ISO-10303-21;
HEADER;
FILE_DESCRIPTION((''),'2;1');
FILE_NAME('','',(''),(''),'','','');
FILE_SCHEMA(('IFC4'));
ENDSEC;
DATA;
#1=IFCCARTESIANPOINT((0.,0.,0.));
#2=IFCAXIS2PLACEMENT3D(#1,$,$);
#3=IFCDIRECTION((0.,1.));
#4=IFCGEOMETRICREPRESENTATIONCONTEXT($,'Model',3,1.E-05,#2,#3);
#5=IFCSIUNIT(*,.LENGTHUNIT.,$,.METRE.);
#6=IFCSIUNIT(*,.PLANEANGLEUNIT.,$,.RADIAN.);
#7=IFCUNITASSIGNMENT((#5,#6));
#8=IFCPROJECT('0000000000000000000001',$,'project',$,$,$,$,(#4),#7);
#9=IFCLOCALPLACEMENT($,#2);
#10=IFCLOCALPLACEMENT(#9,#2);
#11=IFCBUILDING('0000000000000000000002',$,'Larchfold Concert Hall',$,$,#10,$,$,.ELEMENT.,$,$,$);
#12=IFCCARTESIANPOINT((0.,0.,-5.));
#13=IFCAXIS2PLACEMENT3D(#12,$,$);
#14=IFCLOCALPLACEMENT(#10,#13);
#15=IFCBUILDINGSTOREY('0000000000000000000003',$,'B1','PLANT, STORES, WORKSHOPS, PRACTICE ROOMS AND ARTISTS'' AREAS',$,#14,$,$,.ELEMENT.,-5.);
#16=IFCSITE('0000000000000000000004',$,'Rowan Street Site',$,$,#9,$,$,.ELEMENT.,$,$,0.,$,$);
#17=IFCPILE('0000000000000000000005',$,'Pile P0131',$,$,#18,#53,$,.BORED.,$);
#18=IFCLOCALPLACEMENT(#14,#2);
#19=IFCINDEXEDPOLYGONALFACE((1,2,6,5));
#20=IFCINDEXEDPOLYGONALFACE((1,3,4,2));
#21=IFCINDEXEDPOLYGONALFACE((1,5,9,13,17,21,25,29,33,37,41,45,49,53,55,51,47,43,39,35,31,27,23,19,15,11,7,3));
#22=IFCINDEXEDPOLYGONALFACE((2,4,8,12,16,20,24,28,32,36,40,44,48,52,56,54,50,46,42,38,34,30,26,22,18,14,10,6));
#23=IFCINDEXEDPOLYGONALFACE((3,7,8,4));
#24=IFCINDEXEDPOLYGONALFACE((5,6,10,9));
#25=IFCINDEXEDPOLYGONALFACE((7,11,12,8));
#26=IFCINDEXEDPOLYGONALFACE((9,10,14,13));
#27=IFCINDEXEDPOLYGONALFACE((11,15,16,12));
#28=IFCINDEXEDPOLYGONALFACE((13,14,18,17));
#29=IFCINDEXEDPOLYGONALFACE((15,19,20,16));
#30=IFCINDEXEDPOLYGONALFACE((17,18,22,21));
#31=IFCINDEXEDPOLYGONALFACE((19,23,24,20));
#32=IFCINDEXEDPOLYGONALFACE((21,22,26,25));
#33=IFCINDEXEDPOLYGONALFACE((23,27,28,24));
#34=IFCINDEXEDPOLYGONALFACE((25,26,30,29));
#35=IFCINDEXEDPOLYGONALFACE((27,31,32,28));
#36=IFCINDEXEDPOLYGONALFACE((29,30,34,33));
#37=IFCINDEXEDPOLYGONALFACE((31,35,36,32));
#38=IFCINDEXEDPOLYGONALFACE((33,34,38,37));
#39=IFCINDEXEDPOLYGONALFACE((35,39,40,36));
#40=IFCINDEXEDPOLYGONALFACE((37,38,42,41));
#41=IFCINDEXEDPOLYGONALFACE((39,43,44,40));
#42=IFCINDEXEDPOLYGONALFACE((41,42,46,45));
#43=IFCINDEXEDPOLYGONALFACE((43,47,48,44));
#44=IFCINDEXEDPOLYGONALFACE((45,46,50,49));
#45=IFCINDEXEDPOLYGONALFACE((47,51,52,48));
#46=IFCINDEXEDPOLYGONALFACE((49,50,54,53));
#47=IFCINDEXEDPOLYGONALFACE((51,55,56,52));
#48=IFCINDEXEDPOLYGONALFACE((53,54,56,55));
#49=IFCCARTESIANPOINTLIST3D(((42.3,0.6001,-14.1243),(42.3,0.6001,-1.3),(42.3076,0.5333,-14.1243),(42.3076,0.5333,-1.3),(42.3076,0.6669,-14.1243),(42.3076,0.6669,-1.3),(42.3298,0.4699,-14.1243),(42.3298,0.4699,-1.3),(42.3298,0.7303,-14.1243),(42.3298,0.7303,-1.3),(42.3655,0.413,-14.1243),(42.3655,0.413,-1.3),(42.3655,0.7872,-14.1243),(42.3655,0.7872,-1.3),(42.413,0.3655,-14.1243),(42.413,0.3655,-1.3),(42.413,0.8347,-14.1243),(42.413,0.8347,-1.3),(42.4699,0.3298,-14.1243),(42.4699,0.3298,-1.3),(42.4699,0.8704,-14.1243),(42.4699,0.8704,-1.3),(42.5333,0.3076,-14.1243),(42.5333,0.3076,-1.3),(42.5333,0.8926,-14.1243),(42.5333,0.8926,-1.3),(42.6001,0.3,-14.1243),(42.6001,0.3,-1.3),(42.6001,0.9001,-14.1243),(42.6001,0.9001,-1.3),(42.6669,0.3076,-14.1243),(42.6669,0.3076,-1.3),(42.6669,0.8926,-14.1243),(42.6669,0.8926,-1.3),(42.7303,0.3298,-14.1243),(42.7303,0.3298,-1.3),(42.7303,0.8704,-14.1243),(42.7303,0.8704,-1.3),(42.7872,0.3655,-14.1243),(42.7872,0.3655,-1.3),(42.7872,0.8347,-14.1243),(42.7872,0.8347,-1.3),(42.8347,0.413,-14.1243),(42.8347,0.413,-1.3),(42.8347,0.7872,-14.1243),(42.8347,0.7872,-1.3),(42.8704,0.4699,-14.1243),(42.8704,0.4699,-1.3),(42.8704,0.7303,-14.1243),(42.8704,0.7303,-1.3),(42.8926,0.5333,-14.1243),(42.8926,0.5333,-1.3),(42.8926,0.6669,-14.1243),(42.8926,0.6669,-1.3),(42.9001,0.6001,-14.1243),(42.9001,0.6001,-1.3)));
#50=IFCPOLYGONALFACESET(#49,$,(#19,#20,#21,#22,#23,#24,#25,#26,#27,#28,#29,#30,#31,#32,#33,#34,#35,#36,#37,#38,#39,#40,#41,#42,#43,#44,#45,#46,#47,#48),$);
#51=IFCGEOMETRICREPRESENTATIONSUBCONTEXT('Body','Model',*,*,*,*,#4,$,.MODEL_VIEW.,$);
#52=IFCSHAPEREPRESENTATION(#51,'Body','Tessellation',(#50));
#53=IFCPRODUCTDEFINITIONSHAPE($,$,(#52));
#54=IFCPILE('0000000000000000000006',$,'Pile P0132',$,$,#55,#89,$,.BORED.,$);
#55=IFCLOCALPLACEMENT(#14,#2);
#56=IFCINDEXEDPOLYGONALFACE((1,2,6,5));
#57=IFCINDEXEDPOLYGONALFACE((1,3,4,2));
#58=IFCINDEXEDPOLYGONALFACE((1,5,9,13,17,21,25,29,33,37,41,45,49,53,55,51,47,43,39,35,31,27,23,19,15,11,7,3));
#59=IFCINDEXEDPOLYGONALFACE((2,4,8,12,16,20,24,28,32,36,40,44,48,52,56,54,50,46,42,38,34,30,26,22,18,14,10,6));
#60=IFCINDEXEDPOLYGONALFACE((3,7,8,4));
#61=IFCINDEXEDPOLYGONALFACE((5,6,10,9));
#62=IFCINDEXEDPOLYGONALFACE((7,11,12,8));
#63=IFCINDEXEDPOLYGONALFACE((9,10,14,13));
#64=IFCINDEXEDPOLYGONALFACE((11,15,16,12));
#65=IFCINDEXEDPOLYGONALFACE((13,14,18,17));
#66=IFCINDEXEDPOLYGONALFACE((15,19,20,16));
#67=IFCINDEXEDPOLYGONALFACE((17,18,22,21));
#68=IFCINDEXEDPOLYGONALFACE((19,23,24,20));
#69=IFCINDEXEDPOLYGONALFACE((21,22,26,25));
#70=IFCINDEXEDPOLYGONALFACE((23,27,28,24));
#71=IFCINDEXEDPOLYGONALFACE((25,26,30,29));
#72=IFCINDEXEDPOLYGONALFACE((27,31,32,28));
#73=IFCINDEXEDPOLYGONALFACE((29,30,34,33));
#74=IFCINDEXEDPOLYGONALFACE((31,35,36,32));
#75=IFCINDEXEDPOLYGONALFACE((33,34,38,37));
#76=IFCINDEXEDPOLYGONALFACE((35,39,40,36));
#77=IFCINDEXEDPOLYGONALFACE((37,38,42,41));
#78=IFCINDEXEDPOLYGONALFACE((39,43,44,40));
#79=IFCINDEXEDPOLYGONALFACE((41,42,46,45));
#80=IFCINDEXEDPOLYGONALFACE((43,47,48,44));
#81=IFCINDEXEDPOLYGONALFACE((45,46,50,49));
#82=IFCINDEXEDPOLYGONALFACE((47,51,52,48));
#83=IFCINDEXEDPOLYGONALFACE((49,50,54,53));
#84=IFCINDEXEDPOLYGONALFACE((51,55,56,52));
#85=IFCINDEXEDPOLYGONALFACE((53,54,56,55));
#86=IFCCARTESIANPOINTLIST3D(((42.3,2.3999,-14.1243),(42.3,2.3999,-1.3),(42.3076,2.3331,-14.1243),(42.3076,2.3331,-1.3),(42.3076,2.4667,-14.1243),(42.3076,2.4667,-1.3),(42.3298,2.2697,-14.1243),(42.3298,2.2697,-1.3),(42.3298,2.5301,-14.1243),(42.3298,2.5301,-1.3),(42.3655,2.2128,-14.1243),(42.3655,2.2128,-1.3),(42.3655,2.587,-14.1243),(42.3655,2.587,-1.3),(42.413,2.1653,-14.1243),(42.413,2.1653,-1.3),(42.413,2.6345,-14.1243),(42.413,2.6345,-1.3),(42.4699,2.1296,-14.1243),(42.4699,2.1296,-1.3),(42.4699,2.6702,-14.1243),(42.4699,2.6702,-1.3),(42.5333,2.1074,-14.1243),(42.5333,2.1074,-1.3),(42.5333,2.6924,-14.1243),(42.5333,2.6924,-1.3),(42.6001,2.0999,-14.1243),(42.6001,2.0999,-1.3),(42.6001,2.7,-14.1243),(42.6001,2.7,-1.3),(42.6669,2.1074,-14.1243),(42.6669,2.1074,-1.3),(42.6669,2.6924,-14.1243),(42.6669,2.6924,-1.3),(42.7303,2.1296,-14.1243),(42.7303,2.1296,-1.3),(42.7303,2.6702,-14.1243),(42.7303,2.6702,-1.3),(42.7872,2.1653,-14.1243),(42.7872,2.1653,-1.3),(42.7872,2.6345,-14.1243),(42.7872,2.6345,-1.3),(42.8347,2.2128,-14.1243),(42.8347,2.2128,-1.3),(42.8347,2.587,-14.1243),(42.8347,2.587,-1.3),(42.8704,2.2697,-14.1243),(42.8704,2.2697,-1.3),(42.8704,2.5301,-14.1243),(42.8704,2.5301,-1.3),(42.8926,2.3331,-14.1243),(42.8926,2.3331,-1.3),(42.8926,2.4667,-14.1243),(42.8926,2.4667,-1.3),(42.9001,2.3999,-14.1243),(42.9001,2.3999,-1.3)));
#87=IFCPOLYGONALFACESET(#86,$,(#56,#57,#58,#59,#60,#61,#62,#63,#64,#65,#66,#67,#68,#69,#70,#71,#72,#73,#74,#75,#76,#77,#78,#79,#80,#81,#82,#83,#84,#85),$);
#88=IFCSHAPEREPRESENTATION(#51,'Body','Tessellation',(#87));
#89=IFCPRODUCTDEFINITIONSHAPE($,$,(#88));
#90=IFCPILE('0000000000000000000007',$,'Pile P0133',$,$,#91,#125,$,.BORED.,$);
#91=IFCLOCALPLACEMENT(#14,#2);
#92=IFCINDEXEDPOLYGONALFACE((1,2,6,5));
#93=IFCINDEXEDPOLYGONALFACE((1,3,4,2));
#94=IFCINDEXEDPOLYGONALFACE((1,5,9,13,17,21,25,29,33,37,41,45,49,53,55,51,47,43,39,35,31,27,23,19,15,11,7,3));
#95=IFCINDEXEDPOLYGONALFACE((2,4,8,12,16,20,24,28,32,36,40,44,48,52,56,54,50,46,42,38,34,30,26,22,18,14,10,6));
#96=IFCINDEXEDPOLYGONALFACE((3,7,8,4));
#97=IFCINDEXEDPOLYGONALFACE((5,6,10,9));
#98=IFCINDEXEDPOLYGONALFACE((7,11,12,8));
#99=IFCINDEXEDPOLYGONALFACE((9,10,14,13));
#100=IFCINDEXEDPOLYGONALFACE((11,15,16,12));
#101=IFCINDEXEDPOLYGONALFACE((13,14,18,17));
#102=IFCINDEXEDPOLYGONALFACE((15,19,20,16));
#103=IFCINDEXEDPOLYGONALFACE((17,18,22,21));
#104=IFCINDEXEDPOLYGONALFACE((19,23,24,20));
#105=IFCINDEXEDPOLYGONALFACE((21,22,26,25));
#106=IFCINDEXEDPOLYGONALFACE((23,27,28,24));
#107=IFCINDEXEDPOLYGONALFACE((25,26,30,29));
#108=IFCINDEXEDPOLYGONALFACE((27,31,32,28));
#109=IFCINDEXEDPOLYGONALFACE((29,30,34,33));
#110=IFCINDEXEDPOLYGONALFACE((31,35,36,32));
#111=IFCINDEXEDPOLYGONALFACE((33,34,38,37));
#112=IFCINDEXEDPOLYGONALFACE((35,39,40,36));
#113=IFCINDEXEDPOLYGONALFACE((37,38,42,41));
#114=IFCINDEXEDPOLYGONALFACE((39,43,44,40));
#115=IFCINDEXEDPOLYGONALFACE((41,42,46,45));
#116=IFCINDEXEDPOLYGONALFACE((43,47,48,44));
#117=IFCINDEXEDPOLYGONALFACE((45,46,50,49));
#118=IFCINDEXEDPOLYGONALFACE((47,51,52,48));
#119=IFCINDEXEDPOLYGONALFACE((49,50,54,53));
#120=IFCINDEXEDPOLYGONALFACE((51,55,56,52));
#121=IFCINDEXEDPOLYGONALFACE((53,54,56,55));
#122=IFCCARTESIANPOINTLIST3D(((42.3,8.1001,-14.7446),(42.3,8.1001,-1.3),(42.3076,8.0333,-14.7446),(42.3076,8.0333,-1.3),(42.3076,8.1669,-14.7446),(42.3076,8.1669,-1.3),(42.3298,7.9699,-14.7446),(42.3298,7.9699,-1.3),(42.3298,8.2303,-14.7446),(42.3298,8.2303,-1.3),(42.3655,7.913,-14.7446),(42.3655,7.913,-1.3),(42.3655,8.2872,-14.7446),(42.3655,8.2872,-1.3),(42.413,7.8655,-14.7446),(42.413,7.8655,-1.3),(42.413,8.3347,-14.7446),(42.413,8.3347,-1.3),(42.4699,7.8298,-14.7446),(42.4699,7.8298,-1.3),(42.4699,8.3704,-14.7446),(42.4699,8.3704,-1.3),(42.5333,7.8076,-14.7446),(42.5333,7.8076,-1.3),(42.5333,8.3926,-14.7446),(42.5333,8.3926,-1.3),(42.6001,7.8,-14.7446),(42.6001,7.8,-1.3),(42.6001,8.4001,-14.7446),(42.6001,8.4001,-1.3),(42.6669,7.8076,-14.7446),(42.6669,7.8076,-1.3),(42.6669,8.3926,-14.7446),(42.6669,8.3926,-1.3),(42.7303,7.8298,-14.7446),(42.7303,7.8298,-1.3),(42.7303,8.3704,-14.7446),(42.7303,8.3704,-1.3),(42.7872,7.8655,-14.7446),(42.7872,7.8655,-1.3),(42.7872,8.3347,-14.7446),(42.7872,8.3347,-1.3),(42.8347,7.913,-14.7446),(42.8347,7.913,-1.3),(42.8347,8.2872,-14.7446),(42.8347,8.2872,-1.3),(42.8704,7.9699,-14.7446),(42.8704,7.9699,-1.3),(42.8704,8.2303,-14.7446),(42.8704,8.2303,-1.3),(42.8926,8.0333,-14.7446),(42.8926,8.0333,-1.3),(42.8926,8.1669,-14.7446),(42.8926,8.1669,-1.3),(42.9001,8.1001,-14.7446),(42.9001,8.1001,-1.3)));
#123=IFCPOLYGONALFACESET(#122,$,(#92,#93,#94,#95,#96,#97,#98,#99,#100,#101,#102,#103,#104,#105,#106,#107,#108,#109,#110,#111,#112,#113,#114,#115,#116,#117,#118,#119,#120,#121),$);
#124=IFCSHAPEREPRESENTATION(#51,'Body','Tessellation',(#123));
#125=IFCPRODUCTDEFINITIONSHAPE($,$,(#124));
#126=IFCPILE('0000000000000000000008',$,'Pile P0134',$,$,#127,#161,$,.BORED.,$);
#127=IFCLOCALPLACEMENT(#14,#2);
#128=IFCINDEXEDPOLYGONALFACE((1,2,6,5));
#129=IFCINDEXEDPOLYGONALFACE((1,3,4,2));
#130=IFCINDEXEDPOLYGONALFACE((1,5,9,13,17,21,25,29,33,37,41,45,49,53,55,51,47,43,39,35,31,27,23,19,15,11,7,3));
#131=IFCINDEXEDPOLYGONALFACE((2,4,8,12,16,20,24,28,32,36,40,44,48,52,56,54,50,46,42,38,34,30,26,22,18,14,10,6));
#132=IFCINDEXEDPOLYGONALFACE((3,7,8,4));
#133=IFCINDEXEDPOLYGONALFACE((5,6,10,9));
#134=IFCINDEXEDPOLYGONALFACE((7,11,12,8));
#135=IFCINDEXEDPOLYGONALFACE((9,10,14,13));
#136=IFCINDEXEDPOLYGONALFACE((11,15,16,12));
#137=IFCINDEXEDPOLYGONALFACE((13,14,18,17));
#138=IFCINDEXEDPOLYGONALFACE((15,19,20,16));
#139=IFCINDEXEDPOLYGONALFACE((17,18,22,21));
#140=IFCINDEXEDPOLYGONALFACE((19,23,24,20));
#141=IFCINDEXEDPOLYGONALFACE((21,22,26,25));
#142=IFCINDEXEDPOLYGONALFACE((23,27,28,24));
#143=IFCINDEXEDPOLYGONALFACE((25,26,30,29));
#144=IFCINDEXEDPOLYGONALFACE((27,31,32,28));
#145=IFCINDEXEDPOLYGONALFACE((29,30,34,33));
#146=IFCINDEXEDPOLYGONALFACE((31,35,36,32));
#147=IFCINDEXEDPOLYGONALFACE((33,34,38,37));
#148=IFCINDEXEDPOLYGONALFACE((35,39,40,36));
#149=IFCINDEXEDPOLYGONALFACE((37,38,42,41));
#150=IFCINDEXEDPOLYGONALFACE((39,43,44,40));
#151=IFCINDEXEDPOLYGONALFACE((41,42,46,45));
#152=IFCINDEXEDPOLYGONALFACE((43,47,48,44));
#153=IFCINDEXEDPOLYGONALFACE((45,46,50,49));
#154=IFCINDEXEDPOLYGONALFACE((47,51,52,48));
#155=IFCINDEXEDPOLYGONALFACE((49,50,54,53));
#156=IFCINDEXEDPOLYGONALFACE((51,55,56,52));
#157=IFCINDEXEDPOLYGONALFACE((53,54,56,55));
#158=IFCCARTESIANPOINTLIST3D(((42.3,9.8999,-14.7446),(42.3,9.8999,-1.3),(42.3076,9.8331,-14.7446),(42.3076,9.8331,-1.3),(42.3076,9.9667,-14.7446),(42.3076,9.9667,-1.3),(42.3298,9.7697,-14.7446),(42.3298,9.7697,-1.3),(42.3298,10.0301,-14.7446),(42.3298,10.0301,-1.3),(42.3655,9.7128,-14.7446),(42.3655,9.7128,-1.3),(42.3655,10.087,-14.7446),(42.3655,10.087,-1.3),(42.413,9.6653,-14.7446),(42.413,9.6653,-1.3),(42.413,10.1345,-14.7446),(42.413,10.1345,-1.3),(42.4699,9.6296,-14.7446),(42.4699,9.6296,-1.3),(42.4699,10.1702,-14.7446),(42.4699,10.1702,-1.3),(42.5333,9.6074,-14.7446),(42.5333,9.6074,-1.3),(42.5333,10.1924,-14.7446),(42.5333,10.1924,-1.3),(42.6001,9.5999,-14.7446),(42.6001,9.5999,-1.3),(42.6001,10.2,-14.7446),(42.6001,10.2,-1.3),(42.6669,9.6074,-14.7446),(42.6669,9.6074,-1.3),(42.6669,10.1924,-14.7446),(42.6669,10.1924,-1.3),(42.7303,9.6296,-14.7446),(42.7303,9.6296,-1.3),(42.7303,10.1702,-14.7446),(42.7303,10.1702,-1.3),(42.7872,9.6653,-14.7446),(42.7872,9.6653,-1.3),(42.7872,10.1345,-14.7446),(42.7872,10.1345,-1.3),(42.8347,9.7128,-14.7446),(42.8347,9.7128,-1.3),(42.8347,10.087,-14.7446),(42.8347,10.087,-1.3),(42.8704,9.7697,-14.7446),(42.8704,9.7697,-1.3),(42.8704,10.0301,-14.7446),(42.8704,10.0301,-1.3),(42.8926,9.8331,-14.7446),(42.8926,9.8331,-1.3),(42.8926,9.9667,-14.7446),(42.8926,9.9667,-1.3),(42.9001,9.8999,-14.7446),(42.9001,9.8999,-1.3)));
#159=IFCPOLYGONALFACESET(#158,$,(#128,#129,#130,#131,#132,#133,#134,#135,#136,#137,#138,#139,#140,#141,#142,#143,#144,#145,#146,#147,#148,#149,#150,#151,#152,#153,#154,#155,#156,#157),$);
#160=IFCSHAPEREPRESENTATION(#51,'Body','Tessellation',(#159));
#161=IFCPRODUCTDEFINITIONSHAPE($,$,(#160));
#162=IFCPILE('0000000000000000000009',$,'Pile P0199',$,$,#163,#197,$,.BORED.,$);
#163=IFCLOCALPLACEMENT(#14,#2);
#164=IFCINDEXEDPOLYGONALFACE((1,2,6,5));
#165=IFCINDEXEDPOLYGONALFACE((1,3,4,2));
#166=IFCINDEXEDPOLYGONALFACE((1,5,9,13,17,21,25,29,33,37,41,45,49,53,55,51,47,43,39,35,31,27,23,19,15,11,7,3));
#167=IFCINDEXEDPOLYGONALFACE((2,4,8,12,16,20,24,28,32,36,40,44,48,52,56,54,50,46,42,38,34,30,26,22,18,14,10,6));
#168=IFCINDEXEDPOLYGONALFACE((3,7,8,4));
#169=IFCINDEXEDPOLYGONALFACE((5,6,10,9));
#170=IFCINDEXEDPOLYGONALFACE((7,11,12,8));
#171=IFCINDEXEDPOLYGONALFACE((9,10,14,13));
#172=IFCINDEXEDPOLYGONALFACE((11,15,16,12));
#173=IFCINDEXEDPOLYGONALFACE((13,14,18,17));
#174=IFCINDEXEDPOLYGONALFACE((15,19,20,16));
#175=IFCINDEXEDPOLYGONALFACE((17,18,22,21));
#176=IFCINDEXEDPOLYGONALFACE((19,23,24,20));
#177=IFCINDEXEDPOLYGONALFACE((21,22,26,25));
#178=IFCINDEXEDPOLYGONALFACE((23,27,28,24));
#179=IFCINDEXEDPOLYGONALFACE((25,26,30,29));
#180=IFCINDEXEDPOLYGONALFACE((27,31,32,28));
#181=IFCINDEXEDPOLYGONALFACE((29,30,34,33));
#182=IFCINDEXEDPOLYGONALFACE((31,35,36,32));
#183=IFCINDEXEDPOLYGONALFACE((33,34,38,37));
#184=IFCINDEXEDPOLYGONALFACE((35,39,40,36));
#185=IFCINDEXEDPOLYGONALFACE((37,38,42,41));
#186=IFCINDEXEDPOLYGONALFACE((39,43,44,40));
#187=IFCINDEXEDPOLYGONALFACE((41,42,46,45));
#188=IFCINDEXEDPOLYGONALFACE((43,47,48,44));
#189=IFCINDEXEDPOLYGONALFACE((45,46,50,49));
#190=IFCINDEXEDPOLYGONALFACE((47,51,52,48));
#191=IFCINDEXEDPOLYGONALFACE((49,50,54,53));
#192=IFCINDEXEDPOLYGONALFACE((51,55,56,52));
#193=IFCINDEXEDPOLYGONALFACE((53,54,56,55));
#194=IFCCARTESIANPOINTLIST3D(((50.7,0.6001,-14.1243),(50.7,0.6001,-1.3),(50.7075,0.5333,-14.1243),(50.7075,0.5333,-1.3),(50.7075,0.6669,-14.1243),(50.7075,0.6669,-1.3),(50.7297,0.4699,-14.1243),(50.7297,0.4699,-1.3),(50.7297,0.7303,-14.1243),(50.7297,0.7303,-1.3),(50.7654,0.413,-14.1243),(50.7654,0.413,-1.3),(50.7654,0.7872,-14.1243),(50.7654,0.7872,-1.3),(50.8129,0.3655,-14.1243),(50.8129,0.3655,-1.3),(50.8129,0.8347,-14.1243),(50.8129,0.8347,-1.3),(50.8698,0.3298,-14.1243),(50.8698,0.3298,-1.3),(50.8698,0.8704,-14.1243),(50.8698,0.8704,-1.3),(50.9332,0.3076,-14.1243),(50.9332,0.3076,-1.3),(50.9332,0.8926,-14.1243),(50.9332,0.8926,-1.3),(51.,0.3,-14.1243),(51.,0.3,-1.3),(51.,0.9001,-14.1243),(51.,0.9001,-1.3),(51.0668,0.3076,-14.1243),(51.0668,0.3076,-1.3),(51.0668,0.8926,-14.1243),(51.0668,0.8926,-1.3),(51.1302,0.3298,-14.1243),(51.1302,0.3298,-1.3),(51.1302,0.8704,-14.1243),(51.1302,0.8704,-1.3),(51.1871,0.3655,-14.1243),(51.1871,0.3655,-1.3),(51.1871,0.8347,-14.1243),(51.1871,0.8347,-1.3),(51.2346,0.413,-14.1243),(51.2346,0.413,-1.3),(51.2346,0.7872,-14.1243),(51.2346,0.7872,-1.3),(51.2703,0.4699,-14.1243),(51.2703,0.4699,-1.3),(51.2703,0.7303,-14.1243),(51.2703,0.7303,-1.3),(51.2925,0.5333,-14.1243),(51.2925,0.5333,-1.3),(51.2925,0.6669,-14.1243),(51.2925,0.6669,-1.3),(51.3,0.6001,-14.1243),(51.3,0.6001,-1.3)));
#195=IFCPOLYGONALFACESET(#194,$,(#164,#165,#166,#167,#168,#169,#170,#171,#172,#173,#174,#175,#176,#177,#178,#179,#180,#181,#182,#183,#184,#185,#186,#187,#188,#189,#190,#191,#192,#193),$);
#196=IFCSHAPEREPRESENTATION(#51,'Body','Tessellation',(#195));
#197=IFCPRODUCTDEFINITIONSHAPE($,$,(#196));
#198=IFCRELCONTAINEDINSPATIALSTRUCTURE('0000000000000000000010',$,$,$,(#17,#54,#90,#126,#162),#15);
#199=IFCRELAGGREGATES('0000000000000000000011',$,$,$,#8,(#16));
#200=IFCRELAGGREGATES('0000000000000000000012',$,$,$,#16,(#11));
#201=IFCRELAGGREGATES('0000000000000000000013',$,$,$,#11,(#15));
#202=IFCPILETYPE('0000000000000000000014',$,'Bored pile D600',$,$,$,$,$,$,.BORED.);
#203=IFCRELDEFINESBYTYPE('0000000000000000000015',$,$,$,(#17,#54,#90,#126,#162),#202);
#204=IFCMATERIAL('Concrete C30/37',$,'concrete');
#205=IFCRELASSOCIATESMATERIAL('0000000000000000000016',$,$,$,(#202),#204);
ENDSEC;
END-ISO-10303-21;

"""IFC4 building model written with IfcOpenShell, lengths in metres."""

from ifc_helpers import new_model, si_unit, direction, frame, origin, origin_2d, place, context, subcontext, project, spatial, circle, extrude, material, material_profile, profile_set, type_object, element, save


model = new_model("IFC4")

# Units and contexts
model_context = context("Model", 3, precision=1e-05, world=origin(), true_north=direction((0.0, 1.0)))
body_context = subcontext(model_context, "Body", "Model", "MODEL_VIEW")
ifc_project = project(units=[si_unit("LENGTHUNIT", "METRE"), si_unit("PLANEANGLEUNIT", "RADIAN")], contexts=[model_context])

# Site, building, storey
site_placement = place(None, origin())
site = spatial("IfcSite", under=ifc_project, at=site_placement, Name="Rowan Street Site", CompositionType="ELEMENT", RefElevation=0.0)
building_placement = place(site_placement, origin())
building = spatial("IfcBuilding", under=site, at=building_placement, Name="Larchfold Concert Hall", CompositionType="ELEMENT")
storey_placement = place(building_placement, frame((0.0, 0.0, -5.0)))
storey = spatial("IfcBuildingStorey", under=building, at=storey_placement, Name="B1", Description="PLANT, STORES, WORKSHOPS, PRACTICE ROOMS AND ARTISTS' AREAS", CompositionType="ELEMENT", Elevation=-5.0)

# Piles
ifc_material_1 = material(Name="Concrete C30/37", Category="concrete")
ifc_material_profile_1 = material_profile(ifc_material_1, circle(Radius=0.3, at=origin_2d()))
ifc_profile_set_1 = profile_set([ifc_material_profile_1], Name="Concrete C30/37")
pile_type = type_object("IfcPileType", Name="Bored pile D600", PredefinedType="BORED", material=ifc_profile_set_1)
for number, where, z_axis, x_axis, name in (
    (1, (42.6001, 0.6001, -1.3), (0.0, 0.0, -1.0), (1.0, 0.0, 0.0), "Pile P0131"),
    (2, (42.6001, 2.3999, -1.3), (0.0, 0.0, -1.0), (1.0, 0.0, 0.0), "Pile P0132"),
):
    element("IfcPile", number, at=place(storey_placement, frame(where, z_axis=z_axis, x_axis=x_axis)), inside=storey, type_object=pile_type, Name=name, PredefinedType="BORED", context=body_context, shape_type="SweptSolid", body=[
        extrude(circle(Radius=0.3, at=origin_2d()), origin(), (0.0, 0.0, 1.0), 12.8242),
    ])
for number, where, z_axis, x_axis, name in (
    (3, (42.6001, 8.1001, -1.3), (0.0, 0.0, -1.0), (1.0, 0.0, 0.0), "Pile P0133"),
    (4, (42.6001, 9.8999, -1.3), (0.0, 0.0, -1.0), (1.0, 0.0, 0.0), "Pile P0134"),
):
    element("IfcPile", number, at=place(storey_placement, frame(where, z_axis=z_axis, x_axis=x_axis)), inside=storey, type_object=pile_type, Name=name, PredefinedType="BORED", context=body_context, shape_type="SweptSolid", body=[
        extrude(circle(Radius=0.3, at=origin_2d()), origin(), (0.0, 0.0, 1.0), 13.4446),
    ])
for number, where, z_axis, x_axis, name in (
    (5, (51.0, 0.6001, -1.3), (0.0, 0.0, -1.0), (1.0, 0.0, 0.0), "Pile P0199"),
):
    element("IfcPile", number, at=place(storey_placement, frame(where, z_axis=z_axis, x_axis=x_axis)), inside=storey, type_object=pile_type, Name=name, PredefinedType="BORED", context=body_context, shape_type="SweptSolid", body=[
        extrude(circle(Radius=0.3, at=origin_2d()), origin(), (0.0, 0.0, 1.0), 12.8242),
    ])

save(model, "model.ifc")
